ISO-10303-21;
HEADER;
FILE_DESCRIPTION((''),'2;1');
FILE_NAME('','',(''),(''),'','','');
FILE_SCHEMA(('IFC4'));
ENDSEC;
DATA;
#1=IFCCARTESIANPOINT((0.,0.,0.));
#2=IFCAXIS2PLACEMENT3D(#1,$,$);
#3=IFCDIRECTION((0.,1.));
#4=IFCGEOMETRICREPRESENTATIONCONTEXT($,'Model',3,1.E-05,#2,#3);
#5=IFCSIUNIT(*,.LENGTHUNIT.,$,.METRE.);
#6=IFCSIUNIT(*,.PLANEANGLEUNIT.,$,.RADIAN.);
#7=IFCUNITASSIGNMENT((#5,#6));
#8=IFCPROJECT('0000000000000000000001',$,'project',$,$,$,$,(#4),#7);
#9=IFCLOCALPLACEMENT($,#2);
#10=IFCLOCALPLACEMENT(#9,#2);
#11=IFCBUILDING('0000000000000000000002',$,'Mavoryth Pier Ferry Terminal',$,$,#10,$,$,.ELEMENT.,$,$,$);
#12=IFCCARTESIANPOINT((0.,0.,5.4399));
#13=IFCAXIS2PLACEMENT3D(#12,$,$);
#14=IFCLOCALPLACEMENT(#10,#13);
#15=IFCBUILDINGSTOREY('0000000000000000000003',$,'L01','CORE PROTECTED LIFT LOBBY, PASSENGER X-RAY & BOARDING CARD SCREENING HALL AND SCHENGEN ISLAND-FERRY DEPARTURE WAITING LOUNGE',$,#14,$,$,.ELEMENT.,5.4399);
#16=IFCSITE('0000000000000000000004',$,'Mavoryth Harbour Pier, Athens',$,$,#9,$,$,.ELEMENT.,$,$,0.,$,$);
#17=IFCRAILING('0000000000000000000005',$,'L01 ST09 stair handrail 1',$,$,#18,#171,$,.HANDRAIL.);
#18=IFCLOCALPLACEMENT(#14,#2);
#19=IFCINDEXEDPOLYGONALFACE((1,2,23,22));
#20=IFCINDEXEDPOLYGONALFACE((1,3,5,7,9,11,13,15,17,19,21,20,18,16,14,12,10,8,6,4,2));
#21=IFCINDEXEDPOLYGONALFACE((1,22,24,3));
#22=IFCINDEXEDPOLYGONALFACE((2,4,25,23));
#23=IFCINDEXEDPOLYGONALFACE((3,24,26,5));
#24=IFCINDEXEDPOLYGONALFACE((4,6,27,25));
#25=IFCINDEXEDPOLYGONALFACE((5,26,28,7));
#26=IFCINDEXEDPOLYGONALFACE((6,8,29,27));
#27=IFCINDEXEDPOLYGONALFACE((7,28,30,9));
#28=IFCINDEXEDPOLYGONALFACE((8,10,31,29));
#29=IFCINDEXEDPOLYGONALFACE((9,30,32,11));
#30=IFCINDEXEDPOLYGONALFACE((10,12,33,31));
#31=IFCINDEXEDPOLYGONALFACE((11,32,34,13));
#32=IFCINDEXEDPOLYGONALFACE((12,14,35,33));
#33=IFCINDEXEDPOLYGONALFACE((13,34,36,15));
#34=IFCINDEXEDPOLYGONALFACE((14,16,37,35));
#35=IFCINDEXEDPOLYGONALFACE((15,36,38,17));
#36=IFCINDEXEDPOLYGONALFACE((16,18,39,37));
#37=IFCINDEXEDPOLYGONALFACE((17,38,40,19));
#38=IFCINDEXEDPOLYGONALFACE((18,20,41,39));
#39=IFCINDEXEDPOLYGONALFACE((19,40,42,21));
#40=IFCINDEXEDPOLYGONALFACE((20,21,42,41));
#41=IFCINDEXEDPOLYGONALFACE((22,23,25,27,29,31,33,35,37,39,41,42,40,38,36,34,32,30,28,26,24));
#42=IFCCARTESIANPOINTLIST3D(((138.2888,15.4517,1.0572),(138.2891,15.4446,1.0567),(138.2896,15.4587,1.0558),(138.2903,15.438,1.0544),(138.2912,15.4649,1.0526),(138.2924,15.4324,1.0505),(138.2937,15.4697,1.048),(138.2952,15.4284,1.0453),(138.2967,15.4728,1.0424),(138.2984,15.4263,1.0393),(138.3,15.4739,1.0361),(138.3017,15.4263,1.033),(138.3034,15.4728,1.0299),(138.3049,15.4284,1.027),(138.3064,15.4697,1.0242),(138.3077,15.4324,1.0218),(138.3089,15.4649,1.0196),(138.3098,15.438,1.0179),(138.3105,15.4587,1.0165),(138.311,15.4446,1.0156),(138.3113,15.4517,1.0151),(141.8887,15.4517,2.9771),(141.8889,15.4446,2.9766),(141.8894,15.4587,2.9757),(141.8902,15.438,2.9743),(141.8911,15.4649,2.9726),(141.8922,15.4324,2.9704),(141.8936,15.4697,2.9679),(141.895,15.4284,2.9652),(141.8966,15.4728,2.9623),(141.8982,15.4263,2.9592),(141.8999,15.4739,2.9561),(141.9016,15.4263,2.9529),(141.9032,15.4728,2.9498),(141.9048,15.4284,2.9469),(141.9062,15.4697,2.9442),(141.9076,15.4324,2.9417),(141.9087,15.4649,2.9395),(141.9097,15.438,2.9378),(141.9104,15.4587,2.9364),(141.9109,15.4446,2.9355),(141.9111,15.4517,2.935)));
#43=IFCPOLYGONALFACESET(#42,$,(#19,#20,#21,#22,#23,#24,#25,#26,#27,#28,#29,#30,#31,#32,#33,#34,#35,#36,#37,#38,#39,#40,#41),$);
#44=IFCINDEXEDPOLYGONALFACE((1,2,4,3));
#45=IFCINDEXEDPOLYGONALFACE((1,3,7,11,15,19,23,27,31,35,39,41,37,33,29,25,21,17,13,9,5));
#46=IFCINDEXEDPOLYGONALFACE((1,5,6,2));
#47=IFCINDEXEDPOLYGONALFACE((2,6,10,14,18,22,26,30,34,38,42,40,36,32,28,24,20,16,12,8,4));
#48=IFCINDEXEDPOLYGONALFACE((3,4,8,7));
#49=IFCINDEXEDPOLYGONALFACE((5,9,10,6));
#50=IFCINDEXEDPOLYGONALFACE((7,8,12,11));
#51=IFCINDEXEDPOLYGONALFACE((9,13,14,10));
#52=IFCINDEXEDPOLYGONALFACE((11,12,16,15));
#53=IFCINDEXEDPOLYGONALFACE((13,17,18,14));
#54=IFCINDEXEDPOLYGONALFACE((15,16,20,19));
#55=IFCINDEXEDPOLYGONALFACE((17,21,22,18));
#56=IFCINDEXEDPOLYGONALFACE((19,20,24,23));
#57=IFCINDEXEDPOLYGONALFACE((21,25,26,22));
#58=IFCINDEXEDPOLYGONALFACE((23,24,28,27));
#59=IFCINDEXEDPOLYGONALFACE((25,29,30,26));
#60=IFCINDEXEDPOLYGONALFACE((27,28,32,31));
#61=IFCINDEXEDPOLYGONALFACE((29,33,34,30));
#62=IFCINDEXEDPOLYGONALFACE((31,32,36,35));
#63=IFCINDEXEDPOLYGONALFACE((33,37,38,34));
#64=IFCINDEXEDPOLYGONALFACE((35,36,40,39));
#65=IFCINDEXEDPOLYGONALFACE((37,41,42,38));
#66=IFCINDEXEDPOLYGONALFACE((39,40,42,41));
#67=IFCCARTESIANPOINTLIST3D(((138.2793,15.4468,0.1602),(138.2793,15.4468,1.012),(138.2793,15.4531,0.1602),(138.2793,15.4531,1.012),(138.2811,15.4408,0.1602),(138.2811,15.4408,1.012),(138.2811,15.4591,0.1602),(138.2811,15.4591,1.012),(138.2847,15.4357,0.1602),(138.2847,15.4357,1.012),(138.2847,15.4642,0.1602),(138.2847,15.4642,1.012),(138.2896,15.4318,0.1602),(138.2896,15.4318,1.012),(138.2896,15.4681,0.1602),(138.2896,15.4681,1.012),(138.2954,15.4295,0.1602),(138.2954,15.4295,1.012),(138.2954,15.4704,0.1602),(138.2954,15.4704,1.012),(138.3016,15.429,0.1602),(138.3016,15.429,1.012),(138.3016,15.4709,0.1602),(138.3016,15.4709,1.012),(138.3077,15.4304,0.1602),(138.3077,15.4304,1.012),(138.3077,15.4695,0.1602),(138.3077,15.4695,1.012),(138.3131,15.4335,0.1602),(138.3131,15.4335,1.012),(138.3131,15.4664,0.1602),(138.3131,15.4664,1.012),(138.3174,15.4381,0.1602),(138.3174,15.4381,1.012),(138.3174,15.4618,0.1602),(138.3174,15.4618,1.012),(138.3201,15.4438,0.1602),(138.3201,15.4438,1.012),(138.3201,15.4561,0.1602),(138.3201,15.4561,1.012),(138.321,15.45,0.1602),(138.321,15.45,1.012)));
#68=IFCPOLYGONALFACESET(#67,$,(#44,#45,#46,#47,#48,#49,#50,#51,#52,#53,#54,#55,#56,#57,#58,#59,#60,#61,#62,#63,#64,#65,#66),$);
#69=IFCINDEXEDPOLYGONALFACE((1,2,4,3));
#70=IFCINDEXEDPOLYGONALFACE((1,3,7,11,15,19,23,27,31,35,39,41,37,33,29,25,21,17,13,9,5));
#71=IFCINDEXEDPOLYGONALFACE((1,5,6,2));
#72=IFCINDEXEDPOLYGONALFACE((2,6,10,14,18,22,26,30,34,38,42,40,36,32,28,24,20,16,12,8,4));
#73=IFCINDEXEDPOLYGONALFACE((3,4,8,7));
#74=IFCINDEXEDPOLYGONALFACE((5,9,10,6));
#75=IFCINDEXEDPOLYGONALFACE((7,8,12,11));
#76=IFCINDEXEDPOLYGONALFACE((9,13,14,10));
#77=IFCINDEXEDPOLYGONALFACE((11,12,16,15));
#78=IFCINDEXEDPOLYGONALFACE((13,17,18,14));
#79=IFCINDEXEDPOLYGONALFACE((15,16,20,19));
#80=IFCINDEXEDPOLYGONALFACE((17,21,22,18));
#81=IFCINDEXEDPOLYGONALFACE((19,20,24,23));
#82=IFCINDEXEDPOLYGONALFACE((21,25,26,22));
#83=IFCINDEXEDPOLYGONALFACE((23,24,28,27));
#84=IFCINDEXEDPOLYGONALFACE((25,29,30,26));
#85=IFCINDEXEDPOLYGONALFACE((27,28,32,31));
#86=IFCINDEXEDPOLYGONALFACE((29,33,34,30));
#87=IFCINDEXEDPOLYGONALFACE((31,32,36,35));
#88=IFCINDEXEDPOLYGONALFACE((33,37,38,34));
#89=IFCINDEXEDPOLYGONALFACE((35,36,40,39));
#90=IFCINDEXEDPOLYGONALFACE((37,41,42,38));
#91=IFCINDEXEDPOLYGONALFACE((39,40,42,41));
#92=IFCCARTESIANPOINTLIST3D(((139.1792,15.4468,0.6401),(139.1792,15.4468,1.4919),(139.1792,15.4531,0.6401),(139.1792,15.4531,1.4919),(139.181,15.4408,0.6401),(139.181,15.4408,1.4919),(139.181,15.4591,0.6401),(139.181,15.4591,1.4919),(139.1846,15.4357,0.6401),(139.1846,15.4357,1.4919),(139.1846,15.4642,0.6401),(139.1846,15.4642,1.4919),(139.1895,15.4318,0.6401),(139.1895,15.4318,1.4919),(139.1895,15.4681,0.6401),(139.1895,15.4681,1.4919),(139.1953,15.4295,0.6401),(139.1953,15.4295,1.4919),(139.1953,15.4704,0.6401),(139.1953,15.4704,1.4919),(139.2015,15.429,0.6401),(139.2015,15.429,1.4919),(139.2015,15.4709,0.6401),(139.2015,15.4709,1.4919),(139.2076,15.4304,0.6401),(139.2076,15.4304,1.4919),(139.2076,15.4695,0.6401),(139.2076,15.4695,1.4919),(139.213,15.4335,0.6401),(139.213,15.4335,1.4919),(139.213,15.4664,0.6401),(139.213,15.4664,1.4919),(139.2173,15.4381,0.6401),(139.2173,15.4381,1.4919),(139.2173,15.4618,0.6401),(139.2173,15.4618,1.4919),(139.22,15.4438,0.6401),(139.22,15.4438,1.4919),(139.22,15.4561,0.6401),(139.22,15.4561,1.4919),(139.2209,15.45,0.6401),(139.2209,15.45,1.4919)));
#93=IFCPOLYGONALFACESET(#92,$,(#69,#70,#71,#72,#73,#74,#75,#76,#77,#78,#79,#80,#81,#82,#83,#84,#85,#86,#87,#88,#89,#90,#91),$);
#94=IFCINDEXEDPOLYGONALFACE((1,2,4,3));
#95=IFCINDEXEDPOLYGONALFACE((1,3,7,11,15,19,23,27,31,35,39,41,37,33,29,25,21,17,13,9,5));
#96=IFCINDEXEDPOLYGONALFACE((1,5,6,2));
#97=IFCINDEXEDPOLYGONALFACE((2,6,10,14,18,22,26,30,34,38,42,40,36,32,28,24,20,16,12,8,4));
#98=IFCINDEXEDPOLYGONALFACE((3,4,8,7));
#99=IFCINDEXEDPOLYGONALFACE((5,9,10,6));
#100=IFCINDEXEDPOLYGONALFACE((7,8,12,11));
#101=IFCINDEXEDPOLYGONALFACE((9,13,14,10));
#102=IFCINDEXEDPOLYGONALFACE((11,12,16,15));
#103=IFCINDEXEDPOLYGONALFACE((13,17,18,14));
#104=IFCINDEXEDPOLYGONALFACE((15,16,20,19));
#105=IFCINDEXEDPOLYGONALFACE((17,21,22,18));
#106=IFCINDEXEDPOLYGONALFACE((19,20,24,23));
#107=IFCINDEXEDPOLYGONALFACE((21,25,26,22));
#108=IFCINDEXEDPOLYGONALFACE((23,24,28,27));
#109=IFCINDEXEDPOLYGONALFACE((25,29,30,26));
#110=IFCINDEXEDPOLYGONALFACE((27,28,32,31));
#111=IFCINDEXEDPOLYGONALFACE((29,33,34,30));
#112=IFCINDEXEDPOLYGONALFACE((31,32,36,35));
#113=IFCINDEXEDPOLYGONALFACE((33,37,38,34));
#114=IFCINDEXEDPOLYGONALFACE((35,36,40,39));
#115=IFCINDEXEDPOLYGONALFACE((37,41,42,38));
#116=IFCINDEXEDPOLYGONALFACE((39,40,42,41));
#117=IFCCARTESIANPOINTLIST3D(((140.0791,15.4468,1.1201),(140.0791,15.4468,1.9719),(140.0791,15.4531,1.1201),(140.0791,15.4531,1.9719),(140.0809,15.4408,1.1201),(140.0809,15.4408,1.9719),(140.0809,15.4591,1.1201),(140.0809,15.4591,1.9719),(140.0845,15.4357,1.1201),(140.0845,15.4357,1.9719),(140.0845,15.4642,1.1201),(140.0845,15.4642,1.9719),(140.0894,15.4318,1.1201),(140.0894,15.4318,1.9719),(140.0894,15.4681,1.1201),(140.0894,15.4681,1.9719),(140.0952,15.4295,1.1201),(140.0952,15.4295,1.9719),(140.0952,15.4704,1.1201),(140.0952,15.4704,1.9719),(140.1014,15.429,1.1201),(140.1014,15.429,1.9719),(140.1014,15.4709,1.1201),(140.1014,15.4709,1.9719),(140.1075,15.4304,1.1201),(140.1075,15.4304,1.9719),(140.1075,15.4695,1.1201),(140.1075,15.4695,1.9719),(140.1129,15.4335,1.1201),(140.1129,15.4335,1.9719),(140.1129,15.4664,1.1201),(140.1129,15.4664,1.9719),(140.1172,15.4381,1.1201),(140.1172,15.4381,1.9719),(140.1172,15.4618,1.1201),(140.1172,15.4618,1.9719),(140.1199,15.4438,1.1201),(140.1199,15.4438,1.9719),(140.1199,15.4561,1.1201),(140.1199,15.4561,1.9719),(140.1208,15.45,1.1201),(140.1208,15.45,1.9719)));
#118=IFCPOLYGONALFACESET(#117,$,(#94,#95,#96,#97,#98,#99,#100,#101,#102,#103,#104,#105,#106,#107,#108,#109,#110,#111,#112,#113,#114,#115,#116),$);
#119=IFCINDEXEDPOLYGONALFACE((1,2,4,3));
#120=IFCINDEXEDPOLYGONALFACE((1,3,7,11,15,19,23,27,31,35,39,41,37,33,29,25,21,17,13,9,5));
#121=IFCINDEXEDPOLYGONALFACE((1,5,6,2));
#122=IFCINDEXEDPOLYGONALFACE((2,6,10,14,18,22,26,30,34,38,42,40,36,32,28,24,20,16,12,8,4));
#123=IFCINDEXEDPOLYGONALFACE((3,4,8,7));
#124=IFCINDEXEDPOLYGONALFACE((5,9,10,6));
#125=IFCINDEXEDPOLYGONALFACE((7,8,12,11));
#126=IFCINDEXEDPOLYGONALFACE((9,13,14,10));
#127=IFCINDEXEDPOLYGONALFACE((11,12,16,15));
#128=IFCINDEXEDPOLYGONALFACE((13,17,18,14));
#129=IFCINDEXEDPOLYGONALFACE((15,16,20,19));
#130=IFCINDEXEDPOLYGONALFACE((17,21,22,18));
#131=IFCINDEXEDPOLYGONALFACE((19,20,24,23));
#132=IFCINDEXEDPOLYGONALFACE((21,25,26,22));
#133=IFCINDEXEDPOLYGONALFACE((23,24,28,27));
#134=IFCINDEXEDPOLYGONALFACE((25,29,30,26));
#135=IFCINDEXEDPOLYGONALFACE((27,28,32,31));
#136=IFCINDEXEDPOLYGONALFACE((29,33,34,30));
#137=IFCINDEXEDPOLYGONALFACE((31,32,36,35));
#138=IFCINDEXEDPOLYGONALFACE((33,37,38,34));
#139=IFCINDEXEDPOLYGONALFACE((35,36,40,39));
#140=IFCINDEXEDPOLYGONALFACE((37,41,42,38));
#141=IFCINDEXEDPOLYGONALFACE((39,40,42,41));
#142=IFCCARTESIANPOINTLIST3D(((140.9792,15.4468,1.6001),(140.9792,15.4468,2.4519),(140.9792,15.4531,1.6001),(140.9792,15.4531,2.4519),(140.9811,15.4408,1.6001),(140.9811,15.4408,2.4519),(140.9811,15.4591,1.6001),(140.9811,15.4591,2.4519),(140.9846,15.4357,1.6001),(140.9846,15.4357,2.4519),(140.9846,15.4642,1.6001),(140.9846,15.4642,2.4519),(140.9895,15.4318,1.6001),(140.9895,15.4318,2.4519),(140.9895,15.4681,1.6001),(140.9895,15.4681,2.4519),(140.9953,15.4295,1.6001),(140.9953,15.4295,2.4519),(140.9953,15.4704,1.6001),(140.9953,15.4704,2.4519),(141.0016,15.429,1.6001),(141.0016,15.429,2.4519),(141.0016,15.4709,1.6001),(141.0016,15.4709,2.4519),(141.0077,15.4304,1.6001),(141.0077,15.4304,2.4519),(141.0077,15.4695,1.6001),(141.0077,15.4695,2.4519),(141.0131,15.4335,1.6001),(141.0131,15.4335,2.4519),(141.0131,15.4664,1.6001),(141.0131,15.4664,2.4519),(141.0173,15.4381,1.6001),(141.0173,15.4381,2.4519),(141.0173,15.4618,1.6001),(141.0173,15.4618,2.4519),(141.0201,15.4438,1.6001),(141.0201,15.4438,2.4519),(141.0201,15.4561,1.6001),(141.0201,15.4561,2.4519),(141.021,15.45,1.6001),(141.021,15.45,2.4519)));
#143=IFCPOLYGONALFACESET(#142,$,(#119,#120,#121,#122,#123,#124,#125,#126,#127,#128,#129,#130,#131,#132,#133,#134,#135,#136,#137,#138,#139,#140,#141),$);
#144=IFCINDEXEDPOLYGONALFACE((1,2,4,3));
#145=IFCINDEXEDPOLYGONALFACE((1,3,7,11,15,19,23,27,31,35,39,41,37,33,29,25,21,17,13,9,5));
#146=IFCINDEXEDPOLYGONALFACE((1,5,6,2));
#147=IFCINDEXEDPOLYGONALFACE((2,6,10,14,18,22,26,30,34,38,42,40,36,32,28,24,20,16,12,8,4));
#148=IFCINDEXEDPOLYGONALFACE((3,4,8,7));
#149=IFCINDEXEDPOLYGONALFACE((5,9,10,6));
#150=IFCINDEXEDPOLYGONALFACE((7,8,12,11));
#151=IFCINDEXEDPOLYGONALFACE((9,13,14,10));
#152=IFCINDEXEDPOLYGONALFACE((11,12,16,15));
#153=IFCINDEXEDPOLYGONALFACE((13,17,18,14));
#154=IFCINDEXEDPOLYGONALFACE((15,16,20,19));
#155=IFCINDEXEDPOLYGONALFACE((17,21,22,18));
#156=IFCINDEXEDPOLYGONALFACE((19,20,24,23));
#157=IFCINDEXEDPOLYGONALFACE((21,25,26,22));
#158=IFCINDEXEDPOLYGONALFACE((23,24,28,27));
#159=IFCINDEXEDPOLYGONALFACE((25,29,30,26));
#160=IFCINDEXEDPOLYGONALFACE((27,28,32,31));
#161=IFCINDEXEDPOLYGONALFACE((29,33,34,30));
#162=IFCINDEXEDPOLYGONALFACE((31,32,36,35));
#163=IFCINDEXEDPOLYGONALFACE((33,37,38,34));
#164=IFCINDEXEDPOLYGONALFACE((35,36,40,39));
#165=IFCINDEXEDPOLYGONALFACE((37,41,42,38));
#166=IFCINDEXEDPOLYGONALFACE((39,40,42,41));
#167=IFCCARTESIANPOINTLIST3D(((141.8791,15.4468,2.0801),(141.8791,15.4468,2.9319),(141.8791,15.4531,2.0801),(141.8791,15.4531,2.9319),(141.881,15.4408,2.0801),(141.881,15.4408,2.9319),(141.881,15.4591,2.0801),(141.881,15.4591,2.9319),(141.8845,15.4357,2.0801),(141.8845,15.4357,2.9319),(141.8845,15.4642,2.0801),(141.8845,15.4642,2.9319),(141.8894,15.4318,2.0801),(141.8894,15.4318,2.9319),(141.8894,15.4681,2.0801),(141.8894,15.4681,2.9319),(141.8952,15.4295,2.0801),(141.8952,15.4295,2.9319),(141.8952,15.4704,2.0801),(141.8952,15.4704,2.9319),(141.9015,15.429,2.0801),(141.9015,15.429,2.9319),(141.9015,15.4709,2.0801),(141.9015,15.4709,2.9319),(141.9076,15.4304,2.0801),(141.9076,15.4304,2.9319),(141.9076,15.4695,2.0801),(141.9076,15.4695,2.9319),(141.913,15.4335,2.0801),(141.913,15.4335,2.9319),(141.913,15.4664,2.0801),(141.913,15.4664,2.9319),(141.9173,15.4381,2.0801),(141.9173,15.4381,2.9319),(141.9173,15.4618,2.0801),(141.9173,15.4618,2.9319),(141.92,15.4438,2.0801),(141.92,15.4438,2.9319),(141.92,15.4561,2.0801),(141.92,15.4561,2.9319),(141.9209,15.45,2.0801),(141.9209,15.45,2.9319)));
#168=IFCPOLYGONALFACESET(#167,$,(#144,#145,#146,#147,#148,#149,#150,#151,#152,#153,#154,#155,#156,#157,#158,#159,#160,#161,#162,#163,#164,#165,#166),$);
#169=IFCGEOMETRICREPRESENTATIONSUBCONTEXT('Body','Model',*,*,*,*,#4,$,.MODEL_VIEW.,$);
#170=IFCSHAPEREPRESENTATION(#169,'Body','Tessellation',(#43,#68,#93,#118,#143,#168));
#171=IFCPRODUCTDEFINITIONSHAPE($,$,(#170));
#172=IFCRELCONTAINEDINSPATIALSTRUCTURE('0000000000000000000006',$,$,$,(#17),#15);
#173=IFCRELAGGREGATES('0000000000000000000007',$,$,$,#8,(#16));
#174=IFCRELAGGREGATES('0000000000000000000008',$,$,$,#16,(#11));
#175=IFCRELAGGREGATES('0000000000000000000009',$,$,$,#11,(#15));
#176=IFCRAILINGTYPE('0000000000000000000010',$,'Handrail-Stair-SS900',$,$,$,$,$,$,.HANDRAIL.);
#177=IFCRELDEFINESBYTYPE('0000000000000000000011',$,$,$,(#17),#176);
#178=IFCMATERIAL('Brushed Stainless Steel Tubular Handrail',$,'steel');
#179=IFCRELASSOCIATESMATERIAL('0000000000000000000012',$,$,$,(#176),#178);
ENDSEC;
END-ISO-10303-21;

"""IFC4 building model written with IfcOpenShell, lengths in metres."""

from ifc_helpers import new_model, si_unit, direction, frame, origin, origin_2d, place, context, subcontext, project, spatial, circle, extrude, material, type_object, element, save


model = new_model("IFC4")

# Units and contexts
model_context = context("Model", 3, precision=1e-05, world=origin(), true_north=direction((0.0, 1.0)))
body_context = subcontext(model_context, "Body", "Model", "MODEL_VIEW")
ifc_project = project(units=[si_unit("LENGTHUNIT", "METRE"), si_unit("PLANEANGLEUNIT", "RADIAN")], contexts=[model_context])

# Site, building, storey
site_placement = place(None, origin())
site = spatial("IfcSite", under=ifc_project, at=site_placement, Name="Mavoryth Harbour Pier, Athens", CompositionType="ELEMENT", RefElevation=0.0)
building_placement = place(site_placement, origin())
building = spatial("IfcBuilding", under=site, at=building_placement, Name="Mavoryth Pier Ferry Terminal", CompositionType="ELEMENT")
storey_placement = place(building_placement, frame((0.0, 0.0, 5.4399)))
storey = spatial("IfcBuildingStorey", under=building, at=storey_placement, Name="L01", Description="CORE PROTECTED LIFT LOBBY, PASSENGER X-RAY & BOARDING CARD SCREENING HALL AND SCHENGEN ISLAND-FERRY DEPARTURE WAITING LOUNGE", CompositionType="ELEMENT", Elevation=5.4399)

# Railing
ifc_material_1 = material(Name="Brushed Stainless Steel Tubular Handrail", Category="steel")
railing_type_1 = type_object("IfcRailingType", Name="Handrail-Stair-SS900", PredefinedType="HANDRAIL", material=ifc_material_1)
railing_1_placement = place(storey_placement, frame((138.3, 15.45, 0.1602)))
element("IfcRailing", 1, at=railing_1_placement, inside=storey, type_object=railing_type_1, Name="L01 ST09 stair handrail 1", PredefinedType="HANDRAIL", context=body_context, shape_type="SweptSolid", body=[
    extrude(circle(Radius=0.0239, at=origin_2d()), frame((0.0, 0.0, 0.876), z_axis=(0.882353, 0.0, 0.470588), x_axis=(0.0, 1.0, 0.0)), (0.0, 0.0, 1.0), 4.0798),
    extrude(circle(Radius=0.021, at=origin_2d()), origin(), (0.0, 0.0, 1.0), 0.8518),
    extrude(circle(Radius=0.021, at=origin_2d()), frame((0.8999, 0.0, 0.48)), (0.0, 0.0, 1.0), 0.8518),
    extrude(circle(Radius=0.021, at=origin_2d()), frame((1.7998, 0.0, 0.96)), (0.0, 0.0, 1.0), 0.8518),
    extrude(circle(Radius=0.021, at=origin_2d()), frame((2.7, 0.0, 1.4399)), (0.0, 0.0, 1.0), 0.8518),
    extrude(circle(Radius=0.021, at=origin_2d()), frame((3.5999, 0.0, 1.9199)), (0.0, 0.0, 1.0), 0.8518),
])

save(model, "model.ifc")
